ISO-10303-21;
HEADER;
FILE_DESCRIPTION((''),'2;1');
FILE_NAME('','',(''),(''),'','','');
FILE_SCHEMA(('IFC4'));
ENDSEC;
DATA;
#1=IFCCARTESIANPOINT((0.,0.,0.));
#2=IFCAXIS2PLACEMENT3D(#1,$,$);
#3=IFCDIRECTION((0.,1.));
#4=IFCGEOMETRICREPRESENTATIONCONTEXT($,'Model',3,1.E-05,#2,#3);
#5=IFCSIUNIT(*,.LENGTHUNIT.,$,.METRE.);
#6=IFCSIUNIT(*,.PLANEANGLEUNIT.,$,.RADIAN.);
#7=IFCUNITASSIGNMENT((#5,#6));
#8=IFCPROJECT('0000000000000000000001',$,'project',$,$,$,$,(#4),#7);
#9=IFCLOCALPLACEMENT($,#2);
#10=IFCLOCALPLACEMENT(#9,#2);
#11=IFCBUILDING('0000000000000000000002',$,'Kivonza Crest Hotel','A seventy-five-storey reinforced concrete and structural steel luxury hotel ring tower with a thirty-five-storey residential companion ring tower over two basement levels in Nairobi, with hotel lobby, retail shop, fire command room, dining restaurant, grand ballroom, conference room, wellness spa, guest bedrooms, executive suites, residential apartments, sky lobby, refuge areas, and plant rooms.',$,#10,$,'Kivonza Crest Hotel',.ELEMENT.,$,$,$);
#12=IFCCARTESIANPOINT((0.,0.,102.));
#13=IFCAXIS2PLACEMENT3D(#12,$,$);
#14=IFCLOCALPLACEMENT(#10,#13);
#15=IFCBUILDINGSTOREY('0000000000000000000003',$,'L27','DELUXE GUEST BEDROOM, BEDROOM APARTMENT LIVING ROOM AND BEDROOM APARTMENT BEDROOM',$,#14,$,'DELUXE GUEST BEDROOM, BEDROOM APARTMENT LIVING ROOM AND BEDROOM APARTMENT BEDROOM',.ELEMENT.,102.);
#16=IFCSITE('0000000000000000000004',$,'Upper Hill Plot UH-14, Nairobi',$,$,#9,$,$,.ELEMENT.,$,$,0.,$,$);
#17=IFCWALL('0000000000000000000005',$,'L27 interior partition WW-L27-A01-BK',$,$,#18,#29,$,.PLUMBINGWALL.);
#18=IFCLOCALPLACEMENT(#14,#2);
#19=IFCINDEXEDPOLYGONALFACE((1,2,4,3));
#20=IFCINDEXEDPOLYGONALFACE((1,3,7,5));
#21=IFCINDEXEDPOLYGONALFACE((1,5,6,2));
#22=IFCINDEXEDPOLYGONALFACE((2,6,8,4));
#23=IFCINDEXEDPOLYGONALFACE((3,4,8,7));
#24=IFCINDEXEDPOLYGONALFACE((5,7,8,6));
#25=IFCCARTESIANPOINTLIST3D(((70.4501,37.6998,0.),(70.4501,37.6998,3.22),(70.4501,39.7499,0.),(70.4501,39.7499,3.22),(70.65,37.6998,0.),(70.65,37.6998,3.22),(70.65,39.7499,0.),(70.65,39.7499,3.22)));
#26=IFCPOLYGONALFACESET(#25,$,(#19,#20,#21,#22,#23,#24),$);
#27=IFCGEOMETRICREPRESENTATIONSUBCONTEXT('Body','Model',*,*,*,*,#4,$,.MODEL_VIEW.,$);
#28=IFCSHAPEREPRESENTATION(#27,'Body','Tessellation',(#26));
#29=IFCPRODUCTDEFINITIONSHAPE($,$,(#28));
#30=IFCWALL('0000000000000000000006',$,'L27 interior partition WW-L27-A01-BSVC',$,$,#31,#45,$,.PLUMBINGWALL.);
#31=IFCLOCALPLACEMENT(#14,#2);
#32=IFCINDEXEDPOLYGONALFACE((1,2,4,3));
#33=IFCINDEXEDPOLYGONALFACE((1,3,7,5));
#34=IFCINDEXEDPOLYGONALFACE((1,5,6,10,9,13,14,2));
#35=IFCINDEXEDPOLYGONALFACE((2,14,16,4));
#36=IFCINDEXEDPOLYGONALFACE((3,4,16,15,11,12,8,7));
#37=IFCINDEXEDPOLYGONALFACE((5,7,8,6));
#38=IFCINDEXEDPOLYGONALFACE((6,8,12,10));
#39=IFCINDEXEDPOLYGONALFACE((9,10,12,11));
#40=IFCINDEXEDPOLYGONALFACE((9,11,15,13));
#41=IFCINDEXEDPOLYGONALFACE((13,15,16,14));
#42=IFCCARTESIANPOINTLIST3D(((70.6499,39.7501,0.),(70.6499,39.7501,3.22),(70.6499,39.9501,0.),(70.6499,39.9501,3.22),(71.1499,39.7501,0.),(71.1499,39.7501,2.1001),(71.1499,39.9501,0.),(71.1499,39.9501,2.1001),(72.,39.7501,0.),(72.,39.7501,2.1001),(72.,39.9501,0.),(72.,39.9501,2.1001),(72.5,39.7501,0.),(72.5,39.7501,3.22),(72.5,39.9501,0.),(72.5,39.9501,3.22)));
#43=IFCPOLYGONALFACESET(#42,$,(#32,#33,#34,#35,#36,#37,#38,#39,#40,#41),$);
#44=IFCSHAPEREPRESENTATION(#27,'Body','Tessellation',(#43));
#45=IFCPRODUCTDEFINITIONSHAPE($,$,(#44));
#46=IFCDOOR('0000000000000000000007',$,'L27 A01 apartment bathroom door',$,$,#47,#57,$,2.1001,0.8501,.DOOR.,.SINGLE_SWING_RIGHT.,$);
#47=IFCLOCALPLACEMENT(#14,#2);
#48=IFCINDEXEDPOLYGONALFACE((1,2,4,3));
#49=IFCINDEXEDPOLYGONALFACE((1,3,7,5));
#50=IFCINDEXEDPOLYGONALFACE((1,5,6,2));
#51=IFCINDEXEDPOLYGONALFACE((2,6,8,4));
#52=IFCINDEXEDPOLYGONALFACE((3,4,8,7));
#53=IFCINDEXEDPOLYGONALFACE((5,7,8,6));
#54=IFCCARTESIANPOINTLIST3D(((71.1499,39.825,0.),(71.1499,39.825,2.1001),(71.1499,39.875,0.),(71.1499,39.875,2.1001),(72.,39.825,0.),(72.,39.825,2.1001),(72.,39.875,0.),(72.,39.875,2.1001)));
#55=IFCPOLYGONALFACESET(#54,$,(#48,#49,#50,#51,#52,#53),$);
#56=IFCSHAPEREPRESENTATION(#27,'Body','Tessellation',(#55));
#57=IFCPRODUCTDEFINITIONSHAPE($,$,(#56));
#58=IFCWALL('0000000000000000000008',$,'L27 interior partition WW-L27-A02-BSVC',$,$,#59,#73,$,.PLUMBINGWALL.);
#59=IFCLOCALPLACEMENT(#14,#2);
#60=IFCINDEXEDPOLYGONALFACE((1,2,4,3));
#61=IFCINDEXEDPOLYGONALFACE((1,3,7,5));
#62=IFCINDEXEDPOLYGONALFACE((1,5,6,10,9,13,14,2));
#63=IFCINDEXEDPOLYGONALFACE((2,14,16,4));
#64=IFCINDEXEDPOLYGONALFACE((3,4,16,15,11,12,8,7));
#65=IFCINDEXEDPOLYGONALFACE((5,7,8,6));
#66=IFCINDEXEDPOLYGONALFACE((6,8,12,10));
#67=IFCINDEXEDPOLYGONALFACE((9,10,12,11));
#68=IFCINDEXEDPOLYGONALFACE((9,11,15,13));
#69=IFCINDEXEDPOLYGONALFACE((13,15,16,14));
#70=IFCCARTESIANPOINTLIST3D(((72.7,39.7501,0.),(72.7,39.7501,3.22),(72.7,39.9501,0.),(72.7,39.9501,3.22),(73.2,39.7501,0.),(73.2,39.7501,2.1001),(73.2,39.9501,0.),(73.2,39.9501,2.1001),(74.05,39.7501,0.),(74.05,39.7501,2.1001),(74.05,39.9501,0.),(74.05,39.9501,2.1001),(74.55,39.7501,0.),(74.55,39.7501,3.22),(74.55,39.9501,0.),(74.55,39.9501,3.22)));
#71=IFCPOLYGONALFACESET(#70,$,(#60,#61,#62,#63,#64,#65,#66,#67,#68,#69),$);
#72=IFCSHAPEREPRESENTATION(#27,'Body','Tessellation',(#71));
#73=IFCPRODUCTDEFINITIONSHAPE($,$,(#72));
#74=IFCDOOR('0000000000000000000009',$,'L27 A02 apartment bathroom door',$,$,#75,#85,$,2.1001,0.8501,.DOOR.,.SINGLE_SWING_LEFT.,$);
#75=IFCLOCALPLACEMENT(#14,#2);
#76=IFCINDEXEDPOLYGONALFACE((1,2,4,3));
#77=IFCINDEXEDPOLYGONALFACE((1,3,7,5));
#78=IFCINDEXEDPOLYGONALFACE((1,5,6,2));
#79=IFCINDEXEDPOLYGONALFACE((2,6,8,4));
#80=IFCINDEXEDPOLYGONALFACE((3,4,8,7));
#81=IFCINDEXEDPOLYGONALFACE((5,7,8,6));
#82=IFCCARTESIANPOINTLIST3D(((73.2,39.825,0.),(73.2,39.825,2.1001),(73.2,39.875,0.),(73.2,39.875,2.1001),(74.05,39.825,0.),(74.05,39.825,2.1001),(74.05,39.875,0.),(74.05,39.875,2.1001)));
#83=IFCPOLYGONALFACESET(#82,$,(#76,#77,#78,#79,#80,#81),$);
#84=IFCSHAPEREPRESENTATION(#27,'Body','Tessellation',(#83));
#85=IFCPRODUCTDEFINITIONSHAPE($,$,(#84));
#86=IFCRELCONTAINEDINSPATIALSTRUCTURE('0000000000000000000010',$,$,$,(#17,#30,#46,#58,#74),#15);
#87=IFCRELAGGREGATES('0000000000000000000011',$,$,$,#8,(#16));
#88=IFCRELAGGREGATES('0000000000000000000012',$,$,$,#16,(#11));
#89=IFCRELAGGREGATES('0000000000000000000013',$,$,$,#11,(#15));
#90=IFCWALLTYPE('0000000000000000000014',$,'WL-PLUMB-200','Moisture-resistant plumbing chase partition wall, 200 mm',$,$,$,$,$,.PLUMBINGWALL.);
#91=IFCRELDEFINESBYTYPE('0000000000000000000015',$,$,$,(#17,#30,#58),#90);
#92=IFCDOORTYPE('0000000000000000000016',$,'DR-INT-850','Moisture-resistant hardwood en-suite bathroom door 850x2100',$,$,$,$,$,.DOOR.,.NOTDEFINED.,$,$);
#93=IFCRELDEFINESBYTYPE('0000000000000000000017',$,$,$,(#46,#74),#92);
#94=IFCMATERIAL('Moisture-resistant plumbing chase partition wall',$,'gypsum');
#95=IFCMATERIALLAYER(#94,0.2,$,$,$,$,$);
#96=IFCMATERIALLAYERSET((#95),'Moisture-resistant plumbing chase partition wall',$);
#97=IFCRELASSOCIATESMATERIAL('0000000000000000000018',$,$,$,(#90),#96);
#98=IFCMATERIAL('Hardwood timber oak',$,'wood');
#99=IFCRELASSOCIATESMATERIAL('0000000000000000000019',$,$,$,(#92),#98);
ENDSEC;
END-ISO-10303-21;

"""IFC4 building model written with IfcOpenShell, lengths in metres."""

from ifc_helpers import new_model, si_unit, direction, frame, frame_2d, origin, place, context, subcontext, project, spatial, rectangle, extrude, material, layer, layer_set, type_object, element, fill, save


model = new_model("IFC4")

# Units and contexts
model_context = context("Model", 3, precision=1e-05, world=origin(), true_north=direction((0.0, 1.0)))
body_context = subcontext(model_context, "Body", "Model", "MODEL_VIEW")
ifc_project = project(units=[si_unit("LENGTHUNIT", "METRE"), si_unit("PLANEANGLEUNIT", "RADIAN")], contexts=[model_context])

# Site, building, storey
site_placement = place(None, origin())
site = spatial("IfcSite", under=ifc_project, at=site_placement, Name="Upper Hill Plot UH-14, Nairobi", CompositionType="ELEMENT", RefElevation=0.0)
building_placement = place(site_placement, origin())
building = spatial("IfcBuilding", under=site, at=building_placement, Name="Kivonza Crest Hotel", Description="A seventy-five-storey reinforced concrete and structural steel luxury hotel ring tower with a thirty-five-storey residential companion ring tower over two basement levels in Nairobi, with hotel lobby, retail shop, fire command room, dining restaurant, grand ballroom, conference room, wellness spa, guest bedrooms, executive suites, residential apartments, sky lobby, refuge areas, and plant rooms.", LongName="Kivonza Crest Hotel", CompositionType="ELEMENT")
storey_placement = place(building_placement, frame((0.0, 0.0, 102.0)))
storey = spatial("IfcBuildingStorey", under=building, at=storey_placement, Name="L27", Description="DELUXE GUEST BEDROOM, BEDROOM APARTMENT LIVING ROOM AND BEDROOM APARTMENT BEDROOM", LongName="DELUXE GUEST BEDROOM, BEDROOM APARTMENT LIVING ROOM AND BEDROOM APARTMENT BEDROOM", CompositionType="ELEMENT", Elevation=102.0)

# Shared definitions
ifc_material_1 = material(Name="Hardwood timber oak", Category="wood")

# Wall
ifc_material_2 = material(Name="Moisture-resistant plumbing chase partition wall", Category="gypsum")
ifc_layer_1 = layer(ifc_material_2, 0.2)
ifc_layer_set_1 = layer_set([ifc_layer_1], Name="Moisture-resistant plumbing chase partition wall")
wall_type_1 = type_object("IfcWallType", Name="WL-PLUMB-200", Description="Moisture-resistant plumbing chase partition wall, 200 mm", PredefinedType="PLUMBINGWALL", material=ifc_layer_set_1)
wall_1_placement = place(storey_placement, frame((70.55, 37.7, 0.0), z_axis=(0.0, 0.0, 1.0), x_axis=(0.0, 1.0, 0.0)))
element("IfcWall", 1, at=wall_1_placement, inside=storey, type_object=wall_type_1, Name="L27 interior partition WW-L27-A01-BK", PredefinedType="PLUMBINGWALL", context=body_context, shape_type="SweptSolid", body=[
    extrude(rectangle(XDim=2.05, YDim=0.2, at=frame_2d((1.0249, 0.0))), origin(), (0.0, 0.0, 1.0), 3.22),
])

# Walls, openings, doors
wall_2_placement = place(storey_placement, frame((70.6499, 39.8501, 0.0), z_axis=(0.0, 0.0, 1.0), x_axis=(1.0, 0.0, 0.0)))
wall_2 = element("IfcWall", 2, at=wall_2_placement, inside=storey, type_object=wall_type_1, Name="L27 interior partition WW-L27-A01-BSVC", PredefinedType="PLUMBINGWALL", context=body_context, shape_type="SweptSolid", body=[
    extrude(rectangle(XDim=1.8501, YDim=0.2, at=frame_2d((0.925, 0.0))), origin(), (0.0, 0.0, 1.0), 3.22),
])
opening_1_placement = place(wall_2_placement, frame((0.5, 0.0, 0.0)))
opening_1 = element("IfcOpeningElement", 3, at=opening_1_placement, cuts=wall_2, PredefinedType="OPENING", context=body_context, shape_type="SweptSolid", body=[
    extrude(rectangle(XDim=0.8501, YDim=2.1001, at=frame_2d((0.425, 1.05))), frame((0.0, 0.1099, 0.0), z_axis=(0.0, -1.0, 0.0), x_axis=(1.0, 0.0, 0.0)), (0.0, 0.0, 1.0), 0.22),
])
door_type_1 = type_object("IfcDoorType", Name="DR-INT-850", Description="Moisture-resistant hardwood en-suite bathroom door 850x2100", OperationType="NOTDEFINED", PredefinedType="DOOR", material=ifc_material_1)
door_1_placement = place(opening_1_placement, origin())
door_1 = element("IfcDoor", 4, at=door_1_placement, inside=storey, type_object=door_type_1, Name="L27 A01 apartment bathroom door", OperationType="SINGLE_SWING_RIGHT", OverallHeight=2.1001, OverallWidth=0.8501, PredefinedType="DOOR", context=body_context, shape_type="SweptSolid", body=[
    extrude(rectangle(XDim=0.8501, YDim=2.1001, at=frame_2d((0.425, 1.05))), frame((0.0, 0.0249, 0.0), z_axis=(0.0, -1.0, 0.0), x_axis=(1.0, 0.0, 0.0)), (0.0, 0.0, 1.0), 0.05),
])
fill(opening_1, door_1)
wall_3_placement = place(storey_placement, frame((72.7, 39.8501, 0.0), z_axis=(0.0, 0.0, 1.0), x_axis=(1.0, 0.0, 0.0)))
wall_3 = element("IfcWall", 5, at=wall_3_placement, inside=storey, type_object=wall_type_1, Name="L27 interior partition WW-L27-A02-BSVC", PredefinedType="PLUMBINGWALL", context=body_context, shape_type="SweptSolid", body=[
    extrude(rectangle(XDim=1.8501, YDim=0.2, at=frame_2d((0.925, 0.0))), origin(), (0.0, 0.0, 1.0), 3.22),
])
opening_2_placement = place(wall_3_placement, frame((0.5, 0.0, 0.0)))
opening_2 = element("IfcOpeningElement", 6, at=opening_2_placement, cuts=wall_3, PredefinedType="OPENING", context=body_context, shape_type="SweptSolid", body=[
    extrude(rectangle(XDim=0.8501, YDim=2.1001, at=frame_2d((0.425, 1.05))), frame((0.0, 0.1099, 0.0), z_axis=(0.0, -1.0, 0.0), x_axis=(1.0, 0.0, 0.0)), (0.0, 0.0, 1.0), 0.22),
])
door_2_placement = place(opening_2_placement, origin())
door_2 = element("IfcDoor", 7, at=door_2_placement, inside=storey, type_object=door_type_1, Name="L27 A02 apartment bathroom door", OperationType="SINGLE_SWING_LEFT", OverallHeight=2.1001, OverallWidth=0.8501, PredefinedType="DOOR", context=body_context, shape_type="SweptSolid", body=[
    extrude(rectangle(XDim=0.8501, YDim=2.1001, at=frame_2d((0.425, 1.05))), frame((0.0, 0.0249, 0.0), z_axis=(0.0, -1.0, 0.0), x_axis=(1.0, 0.0, 0.0)), (0.0, 0.0, 1.0), 0.05),
])
fill(opening_2, door_2)

save(model, "model.ifc")
